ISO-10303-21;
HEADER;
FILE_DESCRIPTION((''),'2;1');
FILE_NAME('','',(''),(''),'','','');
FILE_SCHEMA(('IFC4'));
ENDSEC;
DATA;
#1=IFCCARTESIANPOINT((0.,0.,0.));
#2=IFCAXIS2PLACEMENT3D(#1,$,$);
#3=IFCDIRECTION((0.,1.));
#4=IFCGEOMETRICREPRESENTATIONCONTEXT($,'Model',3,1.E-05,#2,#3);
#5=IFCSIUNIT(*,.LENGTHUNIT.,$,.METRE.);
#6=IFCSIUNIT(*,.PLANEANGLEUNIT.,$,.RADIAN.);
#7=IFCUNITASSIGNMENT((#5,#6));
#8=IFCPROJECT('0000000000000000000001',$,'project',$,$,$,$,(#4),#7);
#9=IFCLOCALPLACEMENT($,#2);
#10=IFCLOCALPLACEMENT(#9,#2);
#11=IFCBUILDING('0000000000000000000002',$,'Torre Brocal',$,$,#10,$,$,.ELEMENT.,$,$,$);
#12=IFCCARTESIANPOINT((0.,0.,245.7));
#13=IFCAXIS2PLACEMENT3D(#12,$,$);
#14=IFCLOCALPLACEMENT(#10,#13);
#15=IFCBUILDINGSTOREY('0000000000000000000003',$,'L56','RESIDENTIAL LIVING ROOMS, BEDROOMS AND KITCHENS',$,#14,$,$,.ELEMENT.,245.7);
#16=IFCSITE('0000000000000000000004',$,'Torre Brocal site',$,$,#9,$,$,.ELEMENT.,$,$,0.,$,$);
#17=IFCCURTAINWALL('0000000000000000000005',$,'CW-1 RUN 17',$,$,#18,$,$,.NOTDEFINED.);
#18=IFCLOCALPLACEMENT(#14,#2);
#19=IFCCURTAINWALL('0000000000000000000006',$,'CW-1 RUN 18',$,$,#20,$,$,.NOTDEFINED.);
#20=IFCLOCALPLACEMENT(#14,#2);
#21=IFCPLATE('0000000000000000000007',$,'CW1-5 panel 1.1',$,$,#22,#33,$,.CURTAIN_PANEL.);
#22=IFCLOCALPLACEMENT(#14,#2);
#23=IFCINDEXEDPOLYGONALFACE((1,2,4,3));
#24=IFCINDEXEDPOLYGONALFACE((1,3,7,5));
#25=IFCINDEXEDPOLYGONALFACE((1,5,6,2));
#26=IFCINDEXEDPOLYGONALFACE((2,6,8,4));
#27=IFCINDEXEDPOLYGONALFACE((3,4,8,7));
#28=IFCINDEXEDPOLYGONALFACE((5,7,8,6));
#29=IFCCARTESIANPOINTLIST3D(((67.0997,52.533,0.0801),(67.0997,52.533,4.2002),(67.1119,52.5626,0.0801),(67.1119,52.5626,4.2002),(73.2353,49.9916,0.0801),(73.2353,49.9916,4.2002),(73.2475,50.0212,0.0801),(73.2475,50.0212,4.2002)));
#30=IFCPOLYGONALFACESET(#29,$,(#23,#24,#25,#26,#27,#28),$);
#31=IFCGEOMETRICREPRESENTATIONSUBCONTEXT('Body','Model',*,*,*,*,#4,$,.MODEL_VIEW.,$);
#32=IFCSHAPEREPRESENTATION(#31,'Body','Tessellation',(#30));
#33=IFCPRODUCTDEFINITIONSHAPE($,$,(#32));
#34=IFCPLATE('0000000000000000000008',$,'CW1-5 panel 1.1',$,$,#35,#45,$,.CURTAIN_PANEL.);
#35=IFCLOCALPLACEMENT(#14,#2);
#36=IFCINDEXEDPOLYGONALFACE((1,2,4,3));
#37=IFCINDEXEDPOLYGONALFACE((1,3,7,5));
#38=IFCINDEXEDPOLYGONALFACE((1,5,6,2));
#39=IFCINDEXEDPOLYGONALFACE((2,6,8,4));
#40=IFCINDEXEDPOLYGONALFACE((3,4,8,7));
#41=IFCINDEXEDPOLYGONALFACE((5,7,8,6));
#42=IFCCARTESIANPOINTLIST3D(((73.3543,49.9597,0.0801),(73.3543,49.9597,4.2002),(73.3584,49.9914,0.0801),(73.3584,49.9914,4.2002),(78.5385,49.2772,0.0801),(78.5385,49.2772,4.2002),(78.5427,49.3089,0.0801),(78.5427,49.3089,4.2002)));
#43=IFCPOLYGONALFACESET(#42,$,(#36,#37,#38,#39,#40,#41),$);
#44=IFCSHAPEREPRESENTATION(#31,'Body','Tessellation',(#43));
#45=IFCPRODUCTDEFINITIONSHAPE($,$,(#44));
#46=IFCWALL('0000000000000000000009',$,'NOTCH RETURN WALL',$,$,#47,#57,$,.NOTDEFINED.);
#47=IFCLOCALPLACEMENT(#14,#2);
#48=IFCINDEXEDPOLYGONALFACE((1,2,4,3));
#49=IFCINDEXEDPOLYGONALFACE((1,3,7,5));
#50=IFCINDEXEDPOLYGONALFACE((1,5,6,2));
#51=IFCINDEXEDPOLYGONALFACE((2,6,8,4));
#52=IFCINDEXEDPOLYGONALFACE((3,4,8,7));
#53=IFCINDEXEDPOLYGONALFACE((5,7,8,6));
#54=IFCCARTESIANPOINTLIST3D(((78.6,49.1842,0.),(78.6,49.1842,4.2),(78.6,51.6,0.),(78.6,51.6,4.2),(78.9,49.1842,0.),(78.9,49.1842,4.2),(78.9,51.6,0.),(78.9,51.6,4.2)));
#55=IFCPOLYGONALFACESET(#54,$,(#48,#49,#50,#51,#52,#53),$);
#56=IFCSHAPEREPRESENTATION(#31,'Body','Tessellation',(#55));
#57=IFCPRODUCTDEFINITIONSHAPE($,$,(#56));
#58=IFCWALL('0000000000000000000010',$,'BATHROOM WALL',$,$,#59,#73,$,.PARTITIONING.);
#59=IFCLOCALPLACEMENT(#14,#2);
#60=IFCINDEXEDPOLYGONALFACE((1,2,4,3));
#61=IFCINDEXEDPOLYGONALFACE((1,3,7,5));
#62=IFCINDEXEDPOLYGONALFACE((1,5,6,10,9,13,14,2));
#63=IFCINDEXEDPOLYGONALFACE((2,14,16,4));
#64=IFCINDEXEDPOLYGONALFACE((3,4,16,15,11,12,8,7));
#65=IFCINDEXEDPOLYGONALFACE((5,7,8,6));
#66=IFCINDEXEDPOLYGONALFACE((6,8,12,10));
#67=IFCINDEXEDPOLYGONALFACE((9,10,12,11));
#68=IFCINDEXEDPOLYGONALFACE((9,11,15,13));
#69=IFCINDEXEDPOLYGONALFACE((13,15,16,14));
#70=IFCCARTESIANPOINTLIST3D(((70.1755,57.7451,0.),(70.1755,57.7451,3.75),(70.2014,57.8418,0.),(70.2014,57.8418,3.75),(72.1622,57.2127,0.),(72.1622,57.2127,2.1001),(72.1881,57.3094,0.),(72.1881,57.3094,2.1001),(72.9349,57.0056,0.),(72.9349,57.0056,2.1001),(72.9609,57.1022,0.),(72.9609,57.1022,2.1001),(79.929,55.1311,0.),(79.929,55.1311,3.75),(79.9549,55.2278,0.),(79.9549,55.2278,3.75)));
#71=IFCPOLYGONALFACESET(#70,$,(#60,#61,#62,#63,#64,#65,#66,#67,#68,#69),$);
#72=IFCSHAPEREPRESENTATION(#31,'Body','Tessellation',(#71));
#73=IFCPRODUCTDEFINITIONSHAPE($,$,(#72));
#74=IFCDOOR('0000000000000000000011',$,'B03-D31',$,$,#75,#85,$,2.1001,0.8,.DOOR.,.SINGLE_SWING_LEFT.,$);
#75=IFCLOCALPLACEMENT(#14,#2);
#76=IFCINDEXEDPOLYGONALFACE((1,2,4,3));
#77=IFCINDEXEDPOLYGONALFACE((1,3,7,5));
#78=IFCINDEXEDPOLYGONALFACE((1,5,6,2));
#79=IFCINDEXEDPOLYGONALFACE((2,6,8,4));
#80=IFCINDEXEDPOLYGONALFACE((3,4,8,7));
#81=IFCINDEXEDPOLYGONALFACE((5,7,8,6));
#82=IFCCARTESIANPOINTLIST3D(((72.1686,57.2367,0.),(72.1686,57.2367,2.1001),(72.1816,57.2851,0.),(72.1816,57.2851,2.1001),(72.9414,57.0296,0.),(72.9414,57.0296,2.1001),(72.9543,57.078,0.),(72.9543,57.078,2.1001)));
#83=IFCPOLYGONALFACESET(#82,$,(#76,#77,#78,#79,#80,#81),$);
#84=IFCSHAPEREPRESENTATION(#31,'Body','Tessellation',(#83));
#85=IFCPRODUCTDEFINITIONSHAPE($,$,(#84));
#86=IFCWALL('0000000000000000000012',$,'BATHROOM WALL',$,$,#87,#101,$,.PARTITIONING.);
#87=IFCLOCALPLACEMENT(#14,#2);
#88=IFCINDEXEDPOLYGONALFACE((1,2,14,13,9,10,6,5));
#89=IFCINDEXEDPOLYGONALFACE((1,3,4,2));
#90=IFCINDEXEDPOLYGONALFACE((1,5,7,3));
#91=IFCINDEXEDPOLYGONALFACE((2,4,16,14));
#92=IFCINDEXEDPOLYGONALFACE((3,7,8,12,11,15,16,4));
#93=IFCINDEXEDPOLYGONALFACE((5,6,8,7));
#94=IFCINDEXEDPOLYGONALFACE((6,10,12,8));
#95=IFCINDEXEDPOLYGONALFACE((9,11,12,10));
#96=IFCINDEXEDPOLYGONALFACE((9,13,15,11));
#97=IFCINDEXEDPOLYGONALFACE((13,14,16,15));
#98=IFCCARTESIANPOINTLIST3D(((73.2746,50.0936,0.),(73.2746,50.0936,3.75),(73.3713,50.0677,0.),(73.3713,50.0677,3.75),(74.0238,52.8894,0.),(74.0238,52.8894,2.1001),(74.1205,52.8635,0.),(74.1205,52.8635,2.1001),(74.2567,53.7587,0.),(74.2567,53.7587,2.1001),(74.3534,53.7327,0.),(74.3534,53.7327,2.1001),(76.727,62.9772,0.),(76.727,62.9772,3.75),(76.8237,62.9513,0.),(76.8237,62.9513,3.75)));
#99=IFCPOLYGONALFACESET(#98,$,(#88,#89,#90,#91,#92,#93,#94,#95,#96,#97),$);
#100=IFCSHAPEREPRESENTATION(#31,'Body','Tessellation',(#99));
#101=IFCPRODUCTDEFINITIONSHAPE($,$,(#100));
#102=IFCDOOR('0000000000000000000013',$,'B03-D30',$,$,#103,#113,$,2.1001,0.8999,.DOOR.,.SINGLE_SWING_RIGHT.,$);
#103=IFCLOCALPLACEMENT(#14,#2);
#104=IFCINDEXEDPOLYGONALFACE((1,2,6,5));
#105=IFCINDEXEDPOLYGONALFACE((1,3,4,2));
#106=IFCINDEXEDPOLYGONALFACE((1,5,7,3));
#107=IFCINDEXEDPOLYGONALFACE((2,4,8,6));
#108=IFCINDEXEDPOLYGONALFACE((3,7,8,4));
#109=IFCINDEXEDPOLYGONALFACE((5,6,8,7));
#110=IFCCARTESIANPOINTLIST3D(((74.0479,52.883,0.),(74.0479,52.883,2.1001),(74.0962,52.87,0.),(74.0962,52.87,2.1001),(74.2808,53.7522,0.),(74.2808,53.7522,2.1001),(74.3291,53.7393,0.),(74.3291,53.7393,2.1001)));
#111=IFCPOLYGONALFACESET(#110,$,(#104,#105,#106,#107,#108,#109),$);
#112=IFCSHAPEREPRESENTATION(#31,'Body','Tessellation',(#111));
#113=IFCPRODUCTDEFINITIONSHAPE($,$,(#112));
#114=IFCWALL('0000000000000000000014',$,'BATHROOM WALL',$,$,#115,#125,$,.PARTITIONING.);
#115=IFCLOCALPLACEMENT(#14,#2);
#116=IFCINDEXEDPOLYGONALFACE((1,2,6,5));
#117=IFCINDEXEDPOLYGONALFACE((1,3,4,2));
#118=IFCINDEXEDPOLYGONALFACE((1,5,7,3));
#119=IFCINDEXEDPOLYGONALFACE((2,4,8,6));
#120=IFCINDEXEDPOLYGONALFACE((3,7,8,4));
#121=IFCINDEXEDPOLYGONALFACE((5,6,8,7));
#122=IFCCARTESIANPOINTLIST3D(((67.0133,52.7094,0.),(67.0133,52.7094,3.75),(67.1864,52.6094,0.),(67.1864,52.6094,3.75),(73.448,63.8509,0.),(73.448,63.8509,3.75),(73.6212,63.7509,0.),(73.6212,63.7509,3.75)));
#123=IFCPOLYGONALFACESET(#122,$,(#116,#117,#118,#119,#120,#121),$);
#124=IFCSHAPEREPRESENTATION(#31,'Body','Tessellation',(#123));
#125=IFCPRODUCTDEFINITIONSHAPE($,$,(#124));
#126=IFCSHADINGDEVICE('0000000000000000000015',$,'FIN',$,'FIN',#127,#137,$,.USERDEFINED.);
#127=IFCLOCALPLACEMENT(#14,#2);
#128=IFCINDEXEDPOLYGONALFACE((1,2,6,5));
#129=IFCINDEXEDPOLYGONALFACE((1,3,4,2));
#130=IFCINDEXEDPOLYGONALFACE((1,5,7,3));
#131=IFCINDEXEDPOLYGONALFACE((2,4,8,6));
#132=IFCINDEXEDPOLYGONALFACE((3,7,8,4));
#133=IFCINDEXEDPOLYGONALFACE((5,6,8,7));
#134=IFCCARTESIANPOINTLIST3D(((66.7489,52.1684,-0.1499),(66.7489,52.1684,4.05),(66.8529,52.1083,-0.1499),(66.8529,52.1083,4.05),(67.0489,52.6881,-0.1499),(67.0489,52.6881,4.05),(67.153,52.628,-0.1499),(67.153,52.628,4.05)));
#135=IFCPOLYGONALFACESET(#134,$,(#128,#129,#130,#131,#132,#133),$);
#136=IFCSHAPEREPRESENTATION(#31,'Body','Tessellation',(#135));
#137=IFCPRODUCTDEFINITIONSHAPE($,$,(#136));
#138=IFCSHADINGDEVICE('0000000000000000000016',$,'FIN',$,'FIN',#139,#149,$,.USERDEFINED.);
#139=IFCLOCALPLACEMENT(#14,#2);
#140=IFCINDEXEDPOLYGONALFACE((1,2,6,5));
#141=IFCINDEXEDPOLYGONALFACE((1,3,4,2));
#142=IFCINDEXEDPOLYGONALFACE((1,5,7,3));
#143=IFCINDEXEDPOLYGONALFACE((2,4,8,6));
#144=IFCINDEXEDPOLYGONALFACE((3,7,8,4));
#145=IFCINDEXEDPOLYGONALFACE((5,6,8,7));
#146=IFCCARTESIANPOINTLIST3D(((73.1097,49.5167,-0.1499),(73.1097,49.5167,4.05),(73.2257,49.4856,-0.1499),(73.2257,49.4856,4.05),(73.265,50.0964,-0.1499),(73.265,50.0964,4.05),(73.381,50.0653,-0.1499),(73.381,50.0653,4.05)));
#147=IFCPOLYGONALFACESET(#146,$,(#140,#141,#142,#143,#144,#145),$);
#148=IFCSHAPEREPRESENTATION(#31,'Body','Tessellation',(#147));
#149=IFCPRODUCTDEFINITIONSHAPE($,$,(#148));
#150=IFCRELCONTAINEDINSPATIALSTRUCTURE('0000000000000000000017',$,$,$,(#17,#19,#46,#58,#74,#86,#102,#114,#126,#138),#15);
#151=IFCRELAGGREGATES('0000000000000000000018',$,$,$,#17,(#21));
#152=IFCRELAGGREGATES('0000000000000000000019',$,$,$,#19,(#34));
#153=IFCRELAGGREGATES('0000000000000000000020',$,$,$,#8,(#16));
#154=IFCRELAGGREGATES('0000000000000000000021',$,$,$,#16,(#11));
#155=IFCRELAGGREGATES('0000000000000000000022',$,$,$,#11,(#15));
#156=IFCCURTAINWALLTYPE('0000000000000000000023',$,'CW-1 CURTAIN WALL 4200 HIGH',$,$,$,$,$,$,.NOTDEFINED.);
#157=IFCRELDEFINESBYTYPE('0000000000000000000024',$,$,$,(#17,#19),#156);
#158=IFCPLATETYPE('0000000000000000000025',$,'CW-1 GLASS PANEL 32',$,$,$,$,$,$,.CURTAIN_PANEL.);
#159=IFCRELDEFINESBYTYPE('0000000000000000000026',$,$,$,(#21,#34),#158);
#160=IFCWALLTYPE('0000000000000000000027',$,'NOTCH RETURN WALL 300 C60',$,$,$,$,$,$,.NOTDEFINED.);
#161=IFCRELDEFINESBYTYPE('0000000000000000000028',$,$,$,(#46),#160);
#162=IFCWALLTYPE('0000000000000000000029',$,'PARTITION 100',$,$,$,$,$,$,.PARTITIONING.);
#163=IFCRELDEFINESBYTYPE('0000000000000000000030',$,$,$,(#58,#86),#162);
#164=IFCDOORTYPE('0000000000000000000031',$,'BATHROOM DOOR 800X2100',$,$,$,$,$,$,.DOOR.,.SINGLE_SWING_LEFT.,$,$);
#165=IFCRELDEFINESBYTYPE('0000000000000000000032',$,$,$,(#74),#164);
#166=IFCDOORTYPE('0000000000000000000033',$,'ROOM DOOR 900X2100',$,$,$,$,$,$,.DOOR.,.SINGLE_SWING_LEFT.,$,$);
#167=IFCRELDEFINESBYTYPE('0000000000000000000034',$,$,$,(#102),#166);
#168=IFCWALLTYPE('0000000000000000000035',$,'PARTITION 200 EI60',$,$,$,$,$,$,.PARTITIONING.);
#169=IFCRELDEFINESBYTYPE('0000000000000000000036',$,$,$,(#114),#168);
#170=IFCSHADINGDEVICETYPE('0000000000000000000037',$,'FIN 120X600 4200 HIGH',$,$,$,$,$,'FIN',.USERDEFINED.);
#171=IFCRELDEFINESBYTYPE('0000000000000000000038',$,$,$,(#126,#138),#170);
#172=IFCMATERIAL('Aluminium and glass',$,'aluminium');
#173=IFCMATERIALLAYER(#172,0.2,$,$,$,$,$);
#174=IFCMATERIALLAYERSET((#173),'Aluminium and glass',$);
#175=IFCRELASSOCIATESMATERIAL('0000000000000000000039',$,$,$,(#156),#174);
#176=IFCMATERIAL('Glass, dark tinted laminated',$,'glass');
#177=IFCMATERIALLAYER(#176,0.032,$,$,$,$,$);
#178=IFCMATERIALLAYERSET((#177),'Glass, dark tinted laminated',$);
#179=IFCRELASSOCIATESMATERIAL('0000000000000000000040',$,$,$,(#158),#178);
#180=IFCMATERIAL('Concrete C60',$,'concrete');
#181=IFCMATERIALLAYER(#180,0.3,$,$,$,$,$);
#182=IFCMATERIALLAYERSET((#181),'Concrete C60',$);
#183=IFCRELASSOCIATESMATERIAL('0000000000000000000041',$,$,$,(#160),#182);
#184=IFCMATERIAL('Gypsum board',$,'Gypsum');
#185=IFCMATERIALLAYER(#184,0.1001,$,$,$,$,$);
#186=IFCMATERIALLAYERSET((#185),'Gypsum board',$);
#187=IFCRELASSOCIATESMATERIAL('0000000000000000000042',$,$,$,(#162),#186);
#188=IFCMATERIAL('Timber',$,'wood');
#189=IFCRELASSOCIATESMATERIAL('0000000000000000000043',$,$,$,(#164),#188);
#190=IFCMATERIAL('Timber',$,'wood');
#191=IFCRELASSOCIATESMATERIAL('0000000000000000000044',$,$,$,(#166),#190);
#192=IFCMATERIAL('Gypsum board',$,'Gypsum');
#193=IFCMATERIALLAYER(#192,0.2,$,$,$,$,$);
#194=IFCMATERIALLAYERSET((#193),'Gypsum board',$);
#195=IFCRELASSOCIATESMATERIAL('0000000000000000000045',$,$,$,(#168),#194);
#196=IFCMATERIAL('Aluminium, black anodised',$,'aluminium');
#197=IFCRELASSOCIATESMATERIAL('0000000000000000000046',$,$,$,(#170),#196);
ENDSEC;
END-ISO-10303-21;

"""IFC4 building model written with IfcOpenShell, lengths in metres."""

from ifc_helpers import new_model, si_unit, direction, frame, frame_2d, origin, origin_2d, place, context, subcontext, project, spatial, rectangle, extrude, material, layer, layer_set, material_profile, profile_set, type_object, element, fill, aggregate, save


model = new_model("IFC4")

# Units and contexts
model_context = context("Model", 3, precision=1e-05, world=origin(), true_north=direction((0.0, 1.0)))
body_context = subcontext(model_context, "Body", "Model", "MODEL_VIEW")
ifc_project = project(units=[si_unit("LENGTHUNIT", "METRE"), si_unit("PLANEANGLEUNIT", "RADIAN")], contexts=[model_context])

# Site, building, storey
site_placement = place(None, origin())
site = spatial("IfcSite", under=ifc_project, at=site_placement, Name="Torre Brocal site", CompositionType="ELEMENT", RefElevation=0.0)
building_placement = place(site_placement, origin())
building = spatial("IfcBuilding", under=site, at=building_placement, Name="Torre Brocal", CompositionType="ELEMENT")
storey_placement = place(building_placement, frame((0.0, 0.0, 245.7)))
storey = spatial("IfcBuildingStorey", under=building, at=storey_placement, Name="L56", Description="RESIDENTIAL LIVING ROOMS, BEDROOMS AND KITCHENS", CompositionType="ELEMENT", Elevation=245.7)

# Shared definitions
ifc_material_1 = material(Name="Aluminium and glass", Category="aluminium")
ifc_layer_1 = layer(ifc_material_1, 0.2)
ifc_layer_set_1 = layer_set([ifc_layer_1], Name="Aluminium and glass")
curtain_wall_type = type_object("IfcCurtainWallType", Name="CW-1 CURTAIN WALL 4200 HIGH", PredefinedType="NOTDEFINED", material=ifc_layer_set_1)

# Curtain walls
curtain_wall_1_placement = place(storey_placement, origin())
curtain_wall_1 = element("IfcCurtainWall", 1, at=curtain_wall_1_placement, inside=storey, type_object=curtain_wall_type, Name="CW-1 RUN 17", PredefinedType="NOTDEFINED")
curtain_wall_2_placement = place(storey_placement, origin())
curtain_wall_2 = element("IfcCurtainWall", 2, at=curtain_wall_2_placement, inside=storey, type_object=curtain_wall_type, Name="CW-1 RUN 18", PredefinedType="NOTDEFINED")

# Plates
ifc_material_2 = material(Name="Glass, dark tinted laminated", Category="glass")
ifc_layer_2 = layer(ifc_material_2, 0.032)
ifc_layer_set_2 = layer_set([ifc_layer_2], Name="Glass, dark tinted laminated")
plate_type = type_object("IfcPlateType", Name="CW-1 GLASS PANEL 32", PredefinedType="CURTAIN_PANEL", material=ifc_layer_set_2)
plate_1_placement = place(storey_placement, frame((70.1736, 51.2771, 0.0801), z_axis=(0.0, 0.0, 1.0), x_axis=(0.92388, -0.382683, 0.0)))
plate_1 = element("IfcPlate", 3, at=plate_1_placement, type_object=plate_type, Name="CW1-5 panel 1.1", PredefinedType="CURTAIN_PANEL", context=body_context, shape_type="SweptSolid", body=[
    extrude(rectangle(XDim=6.6411, YDim=0.032, at=origin_2d()), origin(), (0.0, 0.0, 1.0), 4.1201),
])
aggregate(curtain_wall_1, [plate_1])
plate_2_placement = place(storey_placement, frame((75.9485, 49.6343, 0.0801), z_axis=(0.0, 0.0, 1.0), x_axis=(0.991445, -0.130526, 0.0)))
plate_2 = element("IfcPlate", 4, at=plate_2_placement, type_object=plate_type, Name="CW1-5 panel 1.1", PredefinedType="CURTAIN_PANEL", context=body_context, shape_type="SweptSolid", body=[
    extrude(rectangle(XDim=5.229, YDim=0.032, at=origin_2d()), origin(), (0.0, 0.0, 1.0), 4.1201),
])
aggregate(curtain_wall_2, [plate_2])

# Wall
ifc_material_3 = material(Name="Concrete C60", Category="concrete")
ifc_layer_3 = layer(ifc_material_3, 0.3)
ifc_layer_set_3 = layer_set([ifc_layer_3], Name="Concrete C60")
wall_type_1 = type_object("IfcWallType", Name="NOTCH RETURN WALL 300 C60", PredefinedType="NOTDEFINED", material=ifc_layer_set_3)
wall_1_placement = place(storey_placement, frame((78.75, 51.6001, 0.0), z_axis=(0.0, 0.0, 1.0), x_axis=(0.0, -1.0, 0.0)))
element("IfcWall", 5, at=wall_1_placement, inside=storey, type_object=wall_type_1, Name="NOTCH RETURN WALL", PredefinedType="NOTDEFINED", context=body_context, shape_type="SweptSolid", body=[
    extrude(rectangle(XDim=2.4158, YDim=0.3, at=frame_2d((1.208, 0.0))), origin(), (0.0, 0.0, 1.0), 4.2),
])

# Walls, openings, doors
ifc_material_4 = material(Name="Gypsum board", Category="Gypsum")
ifc_layer_4 = layer(ifc_material_4, 0.1001)
ifc_layer_set_4 = layer_set([ifc_layer_4], Name="Gypsum board")
wall_type_2 = type_object("IfcWallType", Name="PARTITION 100", PredefinedType="PARTITIONING", material=ifc_layer_set_4)
wall_2_placement = place(storey_placement, frame((70.1885, 57.7935, 0.0), z_axis=(0.0, 0.0, 1.0), x_axis=(0.965911, -0.258874, 0.0)))
wall_2 = element("IfcWall", 6, at=wall_2_placement, inside=storey, type_object=wall_type_2, Name="BATHROOM WALL", PredefinedType="PARTITIONING", context=body_context, shape_type="SweptSolid", body=[
    extrude(rectangle(XDim=10.0977, YDim=0.1001, at=frame_2d((5.0488, 0.0))), origin(), (0.0, 0.0, 1.0), 3.75),
])
opening_1_placement = place(wall_2_placement, frame((2.0569, 0.0, 0.0)))
opening_1 = element("IfcOpeningElement", 7, at=opening_1_placement, cuts=wall_2, PredefinedType="OPENING", context=body_context, shape_type="SweptSolid", body=[
    extrude(rectangle(XDim=0.8, YDim=2.1001, at=frame_2d((0.3999, 1.05))), frame((0.0, 0.0601, 0.0), z_axis=(0.0, -1.0, 0.0), x_axis=(1.0, 0.0, 0.0)), (0.0, 0.0, 1.0), 0.1201),
])
ifc_material_5 = material(Name="Timber", Category="wood")
door_type_1 = type_object("IfcDoorType", Name="BATHROOM DOOR 800X2100", OperationType="SINGLE_SWING_LEFT", PredefinedType="DOOR", material=ifc_material_5)
door_1_placement = place(opening_1_placement, origin())
door_1 = element("IfcDoor", 8, at=door_1_placement, inside=storey, type_object=door_type_1, Name="B03-D31", OperationType="SINGLE_SWING_LEFT", OverallHeight=2.1001, OverallWidth=0.8, PredefinedType="DOOR", context=body_context, shape_type="SweptSolid", body=[
    extrude(rectangle(XDim=0.8, YDim=2.1001, at=frame_2d((0.3999, 1.05))), frame((0.0, 0.0249, 0.0), z_axis=(0.0, -1.0, 0.0), x_axis=(1.0, 0.0, 0.0)), (0.0, 0.0, 1.0), 0.05),
])
fill(opening_1, door_1)
wall_3_placement = place(storey_placement, frame((73.323, 50.0808, 0.0), z_axis=(0.0, 0.0, 1.0), x_axis=(0.258837, 0.965921, 0.0)))
wall_3 = element("IfcWall", 9, at=wall_3_placement, inside=storey, type_object=wall_type_2, Name="BATHROOM WALL", PredefinedType="PARTITIONING", context=body_context, shape_type="SweptSolid", body=[
    extrude(rectangle(XDim=13.3381, YDim=0.1001, at=frame_2d((6.6689, 0.0))), origin(), (0.0, 0.0, 1.0), 3.75),
])
opening_2_placement = place(wall_3_placement, frame((2.8943, 0.0, 0.0)))
opening_2 = element("IfcOpeningElement", 10, at=opening_2_placement, cuts=wall_3, PredefinedType="OPENING", context=body_context, shape_type="SweptSolid", body=[
    extrude(rectangle(XDim=0.8999, YDim=2.1001, at=frame_2d((0.45, 1.05))), frame((0.0, 0.0601, 0.0), z_axis=(0.0, -1.0, 0.0), x_axis=(1.0, 0.0, 0.0)), (0.0, 0.0, 1.0), 0.1201),
])
ifc_material_6 = material(Name="Timber", Category="wood")
door_type_2 = type_object("IfcDoorType", Name="ROOM DOOR 900X2100", OperationType="SINGLE_SWING_LEFT", PredefinedType="DOOR", material=ifc_material_6)
door_2_placement = place(opening_2_placement, frame((0.8999, 0.0, 0.0), z_axis=(0.0, 0.0, 1.0), x_axis=(-1.0, 0.0, 0.0)))
door_2 = element("IfcDoor", 11, at=door_2_placement, inside=storey, type_object=door_type_2, Name="B03-D30", OperationType="SINGLE_SWING_RIGHT", OverallHeight=2.1001, OverallWidth=0.8999, PredefinedType="DOOR", context=body_context, shape_type="SweptSolid", body=[
    extrude(rectangle(XDim=0.8999, YDim=2.1001, at=frame_2d((0.45, 1.05))), frame((0.0, 0.0249, 0.0), z_axis=(0.0, -1.0, 0.0), x_axis=(1.0, 0.0, 0.0)), (0.0, 0.0, 1.0), 0.05),
])
fill(opening_2, door_2)

# Wall
ifc_material_7 = material(Name="Gypsum board", Category="Gypsum")
ifc_layer_5 = layer(ifc_material_7, 0.2)
ifc_layer_set_5 = layer_set([ifc_layer_5], Name="Gypsum board")
wall_type_3 = type_object("IfcWallType", Name="PARTITION 200 EI60", PredefinedType="PARTITIONING", material=ifc_layer_set_5)
wall_4_placement = place(storey_placement, frame((67.0999, 52.6594, 0.0), z_axis=(0.0, 0.0, 1.0), x_axis=(0.500129, 0.865951, 0.0)))
element("IfcWall", 12, at=wall_4_placement, inside=storey, type_object=wall_type_3, Name="BATHROOM WALL", PredefinedType="PARTITIONING", context=body_context, shape_type="SweptSolid", body=[
    extrude(rectangle(XDim=12.8662, YDim=0.2, at=frame_2d((6.4331, 0.0))), origin(), (0.0, 0.0, 1.0), 3.75),
])

# Shading devices
ifc_material_8 = material(Name="Aluminium, black anodised", Category="aluminium")
ifc_material_profile_1 = material_profile(ifc_material_8, rectangle(XDim=0.1201, YDim=0.6001, at=origin_2d()), Name="FIN 120X600 4200 HIGH")
ifc_profile_set_1 = profile_set([ifc_material_profile_1], Name="Aluminium, black anodised")
shading_device_type = type_object("IfcShadingDeviceType", Name="FIN 120X600 4200 HIGH", ElementType="FIN", PredefinedType="USERDEFINED", material=ifc_profile_set_1)
for number, where, z_axis, x_axis, name in (
    (13, (66.9509, 52.3982, -0.1499), (0.0, 0.0, 1.0), (0.866025, -0.5, 0.0), "FIN"),
    (14, (73.2454, 49.791, -0.1499), (0.0, 0.0, 1.0), (0.965926, -0.258819, 0.0), "FIN"),
):
    element("IfcShadingDevice", number, at=place(storey_placement, frame(where, z_axis=z_axis, x_axis=x_axis)), inside=storey, type_object=shading_device_type, Name=name, ObjectType="FIN", PredefinedType="USERDEFINED", context=body_context, shape_type="SweptSolid", body=[
        extrude(rectangle(XDim=0.1201, YDim=0.6001, at=origin_2d()), origin(), (0.0, 0.0, 1.0), 4.2),
    ])

save(model, "model.ifc")
